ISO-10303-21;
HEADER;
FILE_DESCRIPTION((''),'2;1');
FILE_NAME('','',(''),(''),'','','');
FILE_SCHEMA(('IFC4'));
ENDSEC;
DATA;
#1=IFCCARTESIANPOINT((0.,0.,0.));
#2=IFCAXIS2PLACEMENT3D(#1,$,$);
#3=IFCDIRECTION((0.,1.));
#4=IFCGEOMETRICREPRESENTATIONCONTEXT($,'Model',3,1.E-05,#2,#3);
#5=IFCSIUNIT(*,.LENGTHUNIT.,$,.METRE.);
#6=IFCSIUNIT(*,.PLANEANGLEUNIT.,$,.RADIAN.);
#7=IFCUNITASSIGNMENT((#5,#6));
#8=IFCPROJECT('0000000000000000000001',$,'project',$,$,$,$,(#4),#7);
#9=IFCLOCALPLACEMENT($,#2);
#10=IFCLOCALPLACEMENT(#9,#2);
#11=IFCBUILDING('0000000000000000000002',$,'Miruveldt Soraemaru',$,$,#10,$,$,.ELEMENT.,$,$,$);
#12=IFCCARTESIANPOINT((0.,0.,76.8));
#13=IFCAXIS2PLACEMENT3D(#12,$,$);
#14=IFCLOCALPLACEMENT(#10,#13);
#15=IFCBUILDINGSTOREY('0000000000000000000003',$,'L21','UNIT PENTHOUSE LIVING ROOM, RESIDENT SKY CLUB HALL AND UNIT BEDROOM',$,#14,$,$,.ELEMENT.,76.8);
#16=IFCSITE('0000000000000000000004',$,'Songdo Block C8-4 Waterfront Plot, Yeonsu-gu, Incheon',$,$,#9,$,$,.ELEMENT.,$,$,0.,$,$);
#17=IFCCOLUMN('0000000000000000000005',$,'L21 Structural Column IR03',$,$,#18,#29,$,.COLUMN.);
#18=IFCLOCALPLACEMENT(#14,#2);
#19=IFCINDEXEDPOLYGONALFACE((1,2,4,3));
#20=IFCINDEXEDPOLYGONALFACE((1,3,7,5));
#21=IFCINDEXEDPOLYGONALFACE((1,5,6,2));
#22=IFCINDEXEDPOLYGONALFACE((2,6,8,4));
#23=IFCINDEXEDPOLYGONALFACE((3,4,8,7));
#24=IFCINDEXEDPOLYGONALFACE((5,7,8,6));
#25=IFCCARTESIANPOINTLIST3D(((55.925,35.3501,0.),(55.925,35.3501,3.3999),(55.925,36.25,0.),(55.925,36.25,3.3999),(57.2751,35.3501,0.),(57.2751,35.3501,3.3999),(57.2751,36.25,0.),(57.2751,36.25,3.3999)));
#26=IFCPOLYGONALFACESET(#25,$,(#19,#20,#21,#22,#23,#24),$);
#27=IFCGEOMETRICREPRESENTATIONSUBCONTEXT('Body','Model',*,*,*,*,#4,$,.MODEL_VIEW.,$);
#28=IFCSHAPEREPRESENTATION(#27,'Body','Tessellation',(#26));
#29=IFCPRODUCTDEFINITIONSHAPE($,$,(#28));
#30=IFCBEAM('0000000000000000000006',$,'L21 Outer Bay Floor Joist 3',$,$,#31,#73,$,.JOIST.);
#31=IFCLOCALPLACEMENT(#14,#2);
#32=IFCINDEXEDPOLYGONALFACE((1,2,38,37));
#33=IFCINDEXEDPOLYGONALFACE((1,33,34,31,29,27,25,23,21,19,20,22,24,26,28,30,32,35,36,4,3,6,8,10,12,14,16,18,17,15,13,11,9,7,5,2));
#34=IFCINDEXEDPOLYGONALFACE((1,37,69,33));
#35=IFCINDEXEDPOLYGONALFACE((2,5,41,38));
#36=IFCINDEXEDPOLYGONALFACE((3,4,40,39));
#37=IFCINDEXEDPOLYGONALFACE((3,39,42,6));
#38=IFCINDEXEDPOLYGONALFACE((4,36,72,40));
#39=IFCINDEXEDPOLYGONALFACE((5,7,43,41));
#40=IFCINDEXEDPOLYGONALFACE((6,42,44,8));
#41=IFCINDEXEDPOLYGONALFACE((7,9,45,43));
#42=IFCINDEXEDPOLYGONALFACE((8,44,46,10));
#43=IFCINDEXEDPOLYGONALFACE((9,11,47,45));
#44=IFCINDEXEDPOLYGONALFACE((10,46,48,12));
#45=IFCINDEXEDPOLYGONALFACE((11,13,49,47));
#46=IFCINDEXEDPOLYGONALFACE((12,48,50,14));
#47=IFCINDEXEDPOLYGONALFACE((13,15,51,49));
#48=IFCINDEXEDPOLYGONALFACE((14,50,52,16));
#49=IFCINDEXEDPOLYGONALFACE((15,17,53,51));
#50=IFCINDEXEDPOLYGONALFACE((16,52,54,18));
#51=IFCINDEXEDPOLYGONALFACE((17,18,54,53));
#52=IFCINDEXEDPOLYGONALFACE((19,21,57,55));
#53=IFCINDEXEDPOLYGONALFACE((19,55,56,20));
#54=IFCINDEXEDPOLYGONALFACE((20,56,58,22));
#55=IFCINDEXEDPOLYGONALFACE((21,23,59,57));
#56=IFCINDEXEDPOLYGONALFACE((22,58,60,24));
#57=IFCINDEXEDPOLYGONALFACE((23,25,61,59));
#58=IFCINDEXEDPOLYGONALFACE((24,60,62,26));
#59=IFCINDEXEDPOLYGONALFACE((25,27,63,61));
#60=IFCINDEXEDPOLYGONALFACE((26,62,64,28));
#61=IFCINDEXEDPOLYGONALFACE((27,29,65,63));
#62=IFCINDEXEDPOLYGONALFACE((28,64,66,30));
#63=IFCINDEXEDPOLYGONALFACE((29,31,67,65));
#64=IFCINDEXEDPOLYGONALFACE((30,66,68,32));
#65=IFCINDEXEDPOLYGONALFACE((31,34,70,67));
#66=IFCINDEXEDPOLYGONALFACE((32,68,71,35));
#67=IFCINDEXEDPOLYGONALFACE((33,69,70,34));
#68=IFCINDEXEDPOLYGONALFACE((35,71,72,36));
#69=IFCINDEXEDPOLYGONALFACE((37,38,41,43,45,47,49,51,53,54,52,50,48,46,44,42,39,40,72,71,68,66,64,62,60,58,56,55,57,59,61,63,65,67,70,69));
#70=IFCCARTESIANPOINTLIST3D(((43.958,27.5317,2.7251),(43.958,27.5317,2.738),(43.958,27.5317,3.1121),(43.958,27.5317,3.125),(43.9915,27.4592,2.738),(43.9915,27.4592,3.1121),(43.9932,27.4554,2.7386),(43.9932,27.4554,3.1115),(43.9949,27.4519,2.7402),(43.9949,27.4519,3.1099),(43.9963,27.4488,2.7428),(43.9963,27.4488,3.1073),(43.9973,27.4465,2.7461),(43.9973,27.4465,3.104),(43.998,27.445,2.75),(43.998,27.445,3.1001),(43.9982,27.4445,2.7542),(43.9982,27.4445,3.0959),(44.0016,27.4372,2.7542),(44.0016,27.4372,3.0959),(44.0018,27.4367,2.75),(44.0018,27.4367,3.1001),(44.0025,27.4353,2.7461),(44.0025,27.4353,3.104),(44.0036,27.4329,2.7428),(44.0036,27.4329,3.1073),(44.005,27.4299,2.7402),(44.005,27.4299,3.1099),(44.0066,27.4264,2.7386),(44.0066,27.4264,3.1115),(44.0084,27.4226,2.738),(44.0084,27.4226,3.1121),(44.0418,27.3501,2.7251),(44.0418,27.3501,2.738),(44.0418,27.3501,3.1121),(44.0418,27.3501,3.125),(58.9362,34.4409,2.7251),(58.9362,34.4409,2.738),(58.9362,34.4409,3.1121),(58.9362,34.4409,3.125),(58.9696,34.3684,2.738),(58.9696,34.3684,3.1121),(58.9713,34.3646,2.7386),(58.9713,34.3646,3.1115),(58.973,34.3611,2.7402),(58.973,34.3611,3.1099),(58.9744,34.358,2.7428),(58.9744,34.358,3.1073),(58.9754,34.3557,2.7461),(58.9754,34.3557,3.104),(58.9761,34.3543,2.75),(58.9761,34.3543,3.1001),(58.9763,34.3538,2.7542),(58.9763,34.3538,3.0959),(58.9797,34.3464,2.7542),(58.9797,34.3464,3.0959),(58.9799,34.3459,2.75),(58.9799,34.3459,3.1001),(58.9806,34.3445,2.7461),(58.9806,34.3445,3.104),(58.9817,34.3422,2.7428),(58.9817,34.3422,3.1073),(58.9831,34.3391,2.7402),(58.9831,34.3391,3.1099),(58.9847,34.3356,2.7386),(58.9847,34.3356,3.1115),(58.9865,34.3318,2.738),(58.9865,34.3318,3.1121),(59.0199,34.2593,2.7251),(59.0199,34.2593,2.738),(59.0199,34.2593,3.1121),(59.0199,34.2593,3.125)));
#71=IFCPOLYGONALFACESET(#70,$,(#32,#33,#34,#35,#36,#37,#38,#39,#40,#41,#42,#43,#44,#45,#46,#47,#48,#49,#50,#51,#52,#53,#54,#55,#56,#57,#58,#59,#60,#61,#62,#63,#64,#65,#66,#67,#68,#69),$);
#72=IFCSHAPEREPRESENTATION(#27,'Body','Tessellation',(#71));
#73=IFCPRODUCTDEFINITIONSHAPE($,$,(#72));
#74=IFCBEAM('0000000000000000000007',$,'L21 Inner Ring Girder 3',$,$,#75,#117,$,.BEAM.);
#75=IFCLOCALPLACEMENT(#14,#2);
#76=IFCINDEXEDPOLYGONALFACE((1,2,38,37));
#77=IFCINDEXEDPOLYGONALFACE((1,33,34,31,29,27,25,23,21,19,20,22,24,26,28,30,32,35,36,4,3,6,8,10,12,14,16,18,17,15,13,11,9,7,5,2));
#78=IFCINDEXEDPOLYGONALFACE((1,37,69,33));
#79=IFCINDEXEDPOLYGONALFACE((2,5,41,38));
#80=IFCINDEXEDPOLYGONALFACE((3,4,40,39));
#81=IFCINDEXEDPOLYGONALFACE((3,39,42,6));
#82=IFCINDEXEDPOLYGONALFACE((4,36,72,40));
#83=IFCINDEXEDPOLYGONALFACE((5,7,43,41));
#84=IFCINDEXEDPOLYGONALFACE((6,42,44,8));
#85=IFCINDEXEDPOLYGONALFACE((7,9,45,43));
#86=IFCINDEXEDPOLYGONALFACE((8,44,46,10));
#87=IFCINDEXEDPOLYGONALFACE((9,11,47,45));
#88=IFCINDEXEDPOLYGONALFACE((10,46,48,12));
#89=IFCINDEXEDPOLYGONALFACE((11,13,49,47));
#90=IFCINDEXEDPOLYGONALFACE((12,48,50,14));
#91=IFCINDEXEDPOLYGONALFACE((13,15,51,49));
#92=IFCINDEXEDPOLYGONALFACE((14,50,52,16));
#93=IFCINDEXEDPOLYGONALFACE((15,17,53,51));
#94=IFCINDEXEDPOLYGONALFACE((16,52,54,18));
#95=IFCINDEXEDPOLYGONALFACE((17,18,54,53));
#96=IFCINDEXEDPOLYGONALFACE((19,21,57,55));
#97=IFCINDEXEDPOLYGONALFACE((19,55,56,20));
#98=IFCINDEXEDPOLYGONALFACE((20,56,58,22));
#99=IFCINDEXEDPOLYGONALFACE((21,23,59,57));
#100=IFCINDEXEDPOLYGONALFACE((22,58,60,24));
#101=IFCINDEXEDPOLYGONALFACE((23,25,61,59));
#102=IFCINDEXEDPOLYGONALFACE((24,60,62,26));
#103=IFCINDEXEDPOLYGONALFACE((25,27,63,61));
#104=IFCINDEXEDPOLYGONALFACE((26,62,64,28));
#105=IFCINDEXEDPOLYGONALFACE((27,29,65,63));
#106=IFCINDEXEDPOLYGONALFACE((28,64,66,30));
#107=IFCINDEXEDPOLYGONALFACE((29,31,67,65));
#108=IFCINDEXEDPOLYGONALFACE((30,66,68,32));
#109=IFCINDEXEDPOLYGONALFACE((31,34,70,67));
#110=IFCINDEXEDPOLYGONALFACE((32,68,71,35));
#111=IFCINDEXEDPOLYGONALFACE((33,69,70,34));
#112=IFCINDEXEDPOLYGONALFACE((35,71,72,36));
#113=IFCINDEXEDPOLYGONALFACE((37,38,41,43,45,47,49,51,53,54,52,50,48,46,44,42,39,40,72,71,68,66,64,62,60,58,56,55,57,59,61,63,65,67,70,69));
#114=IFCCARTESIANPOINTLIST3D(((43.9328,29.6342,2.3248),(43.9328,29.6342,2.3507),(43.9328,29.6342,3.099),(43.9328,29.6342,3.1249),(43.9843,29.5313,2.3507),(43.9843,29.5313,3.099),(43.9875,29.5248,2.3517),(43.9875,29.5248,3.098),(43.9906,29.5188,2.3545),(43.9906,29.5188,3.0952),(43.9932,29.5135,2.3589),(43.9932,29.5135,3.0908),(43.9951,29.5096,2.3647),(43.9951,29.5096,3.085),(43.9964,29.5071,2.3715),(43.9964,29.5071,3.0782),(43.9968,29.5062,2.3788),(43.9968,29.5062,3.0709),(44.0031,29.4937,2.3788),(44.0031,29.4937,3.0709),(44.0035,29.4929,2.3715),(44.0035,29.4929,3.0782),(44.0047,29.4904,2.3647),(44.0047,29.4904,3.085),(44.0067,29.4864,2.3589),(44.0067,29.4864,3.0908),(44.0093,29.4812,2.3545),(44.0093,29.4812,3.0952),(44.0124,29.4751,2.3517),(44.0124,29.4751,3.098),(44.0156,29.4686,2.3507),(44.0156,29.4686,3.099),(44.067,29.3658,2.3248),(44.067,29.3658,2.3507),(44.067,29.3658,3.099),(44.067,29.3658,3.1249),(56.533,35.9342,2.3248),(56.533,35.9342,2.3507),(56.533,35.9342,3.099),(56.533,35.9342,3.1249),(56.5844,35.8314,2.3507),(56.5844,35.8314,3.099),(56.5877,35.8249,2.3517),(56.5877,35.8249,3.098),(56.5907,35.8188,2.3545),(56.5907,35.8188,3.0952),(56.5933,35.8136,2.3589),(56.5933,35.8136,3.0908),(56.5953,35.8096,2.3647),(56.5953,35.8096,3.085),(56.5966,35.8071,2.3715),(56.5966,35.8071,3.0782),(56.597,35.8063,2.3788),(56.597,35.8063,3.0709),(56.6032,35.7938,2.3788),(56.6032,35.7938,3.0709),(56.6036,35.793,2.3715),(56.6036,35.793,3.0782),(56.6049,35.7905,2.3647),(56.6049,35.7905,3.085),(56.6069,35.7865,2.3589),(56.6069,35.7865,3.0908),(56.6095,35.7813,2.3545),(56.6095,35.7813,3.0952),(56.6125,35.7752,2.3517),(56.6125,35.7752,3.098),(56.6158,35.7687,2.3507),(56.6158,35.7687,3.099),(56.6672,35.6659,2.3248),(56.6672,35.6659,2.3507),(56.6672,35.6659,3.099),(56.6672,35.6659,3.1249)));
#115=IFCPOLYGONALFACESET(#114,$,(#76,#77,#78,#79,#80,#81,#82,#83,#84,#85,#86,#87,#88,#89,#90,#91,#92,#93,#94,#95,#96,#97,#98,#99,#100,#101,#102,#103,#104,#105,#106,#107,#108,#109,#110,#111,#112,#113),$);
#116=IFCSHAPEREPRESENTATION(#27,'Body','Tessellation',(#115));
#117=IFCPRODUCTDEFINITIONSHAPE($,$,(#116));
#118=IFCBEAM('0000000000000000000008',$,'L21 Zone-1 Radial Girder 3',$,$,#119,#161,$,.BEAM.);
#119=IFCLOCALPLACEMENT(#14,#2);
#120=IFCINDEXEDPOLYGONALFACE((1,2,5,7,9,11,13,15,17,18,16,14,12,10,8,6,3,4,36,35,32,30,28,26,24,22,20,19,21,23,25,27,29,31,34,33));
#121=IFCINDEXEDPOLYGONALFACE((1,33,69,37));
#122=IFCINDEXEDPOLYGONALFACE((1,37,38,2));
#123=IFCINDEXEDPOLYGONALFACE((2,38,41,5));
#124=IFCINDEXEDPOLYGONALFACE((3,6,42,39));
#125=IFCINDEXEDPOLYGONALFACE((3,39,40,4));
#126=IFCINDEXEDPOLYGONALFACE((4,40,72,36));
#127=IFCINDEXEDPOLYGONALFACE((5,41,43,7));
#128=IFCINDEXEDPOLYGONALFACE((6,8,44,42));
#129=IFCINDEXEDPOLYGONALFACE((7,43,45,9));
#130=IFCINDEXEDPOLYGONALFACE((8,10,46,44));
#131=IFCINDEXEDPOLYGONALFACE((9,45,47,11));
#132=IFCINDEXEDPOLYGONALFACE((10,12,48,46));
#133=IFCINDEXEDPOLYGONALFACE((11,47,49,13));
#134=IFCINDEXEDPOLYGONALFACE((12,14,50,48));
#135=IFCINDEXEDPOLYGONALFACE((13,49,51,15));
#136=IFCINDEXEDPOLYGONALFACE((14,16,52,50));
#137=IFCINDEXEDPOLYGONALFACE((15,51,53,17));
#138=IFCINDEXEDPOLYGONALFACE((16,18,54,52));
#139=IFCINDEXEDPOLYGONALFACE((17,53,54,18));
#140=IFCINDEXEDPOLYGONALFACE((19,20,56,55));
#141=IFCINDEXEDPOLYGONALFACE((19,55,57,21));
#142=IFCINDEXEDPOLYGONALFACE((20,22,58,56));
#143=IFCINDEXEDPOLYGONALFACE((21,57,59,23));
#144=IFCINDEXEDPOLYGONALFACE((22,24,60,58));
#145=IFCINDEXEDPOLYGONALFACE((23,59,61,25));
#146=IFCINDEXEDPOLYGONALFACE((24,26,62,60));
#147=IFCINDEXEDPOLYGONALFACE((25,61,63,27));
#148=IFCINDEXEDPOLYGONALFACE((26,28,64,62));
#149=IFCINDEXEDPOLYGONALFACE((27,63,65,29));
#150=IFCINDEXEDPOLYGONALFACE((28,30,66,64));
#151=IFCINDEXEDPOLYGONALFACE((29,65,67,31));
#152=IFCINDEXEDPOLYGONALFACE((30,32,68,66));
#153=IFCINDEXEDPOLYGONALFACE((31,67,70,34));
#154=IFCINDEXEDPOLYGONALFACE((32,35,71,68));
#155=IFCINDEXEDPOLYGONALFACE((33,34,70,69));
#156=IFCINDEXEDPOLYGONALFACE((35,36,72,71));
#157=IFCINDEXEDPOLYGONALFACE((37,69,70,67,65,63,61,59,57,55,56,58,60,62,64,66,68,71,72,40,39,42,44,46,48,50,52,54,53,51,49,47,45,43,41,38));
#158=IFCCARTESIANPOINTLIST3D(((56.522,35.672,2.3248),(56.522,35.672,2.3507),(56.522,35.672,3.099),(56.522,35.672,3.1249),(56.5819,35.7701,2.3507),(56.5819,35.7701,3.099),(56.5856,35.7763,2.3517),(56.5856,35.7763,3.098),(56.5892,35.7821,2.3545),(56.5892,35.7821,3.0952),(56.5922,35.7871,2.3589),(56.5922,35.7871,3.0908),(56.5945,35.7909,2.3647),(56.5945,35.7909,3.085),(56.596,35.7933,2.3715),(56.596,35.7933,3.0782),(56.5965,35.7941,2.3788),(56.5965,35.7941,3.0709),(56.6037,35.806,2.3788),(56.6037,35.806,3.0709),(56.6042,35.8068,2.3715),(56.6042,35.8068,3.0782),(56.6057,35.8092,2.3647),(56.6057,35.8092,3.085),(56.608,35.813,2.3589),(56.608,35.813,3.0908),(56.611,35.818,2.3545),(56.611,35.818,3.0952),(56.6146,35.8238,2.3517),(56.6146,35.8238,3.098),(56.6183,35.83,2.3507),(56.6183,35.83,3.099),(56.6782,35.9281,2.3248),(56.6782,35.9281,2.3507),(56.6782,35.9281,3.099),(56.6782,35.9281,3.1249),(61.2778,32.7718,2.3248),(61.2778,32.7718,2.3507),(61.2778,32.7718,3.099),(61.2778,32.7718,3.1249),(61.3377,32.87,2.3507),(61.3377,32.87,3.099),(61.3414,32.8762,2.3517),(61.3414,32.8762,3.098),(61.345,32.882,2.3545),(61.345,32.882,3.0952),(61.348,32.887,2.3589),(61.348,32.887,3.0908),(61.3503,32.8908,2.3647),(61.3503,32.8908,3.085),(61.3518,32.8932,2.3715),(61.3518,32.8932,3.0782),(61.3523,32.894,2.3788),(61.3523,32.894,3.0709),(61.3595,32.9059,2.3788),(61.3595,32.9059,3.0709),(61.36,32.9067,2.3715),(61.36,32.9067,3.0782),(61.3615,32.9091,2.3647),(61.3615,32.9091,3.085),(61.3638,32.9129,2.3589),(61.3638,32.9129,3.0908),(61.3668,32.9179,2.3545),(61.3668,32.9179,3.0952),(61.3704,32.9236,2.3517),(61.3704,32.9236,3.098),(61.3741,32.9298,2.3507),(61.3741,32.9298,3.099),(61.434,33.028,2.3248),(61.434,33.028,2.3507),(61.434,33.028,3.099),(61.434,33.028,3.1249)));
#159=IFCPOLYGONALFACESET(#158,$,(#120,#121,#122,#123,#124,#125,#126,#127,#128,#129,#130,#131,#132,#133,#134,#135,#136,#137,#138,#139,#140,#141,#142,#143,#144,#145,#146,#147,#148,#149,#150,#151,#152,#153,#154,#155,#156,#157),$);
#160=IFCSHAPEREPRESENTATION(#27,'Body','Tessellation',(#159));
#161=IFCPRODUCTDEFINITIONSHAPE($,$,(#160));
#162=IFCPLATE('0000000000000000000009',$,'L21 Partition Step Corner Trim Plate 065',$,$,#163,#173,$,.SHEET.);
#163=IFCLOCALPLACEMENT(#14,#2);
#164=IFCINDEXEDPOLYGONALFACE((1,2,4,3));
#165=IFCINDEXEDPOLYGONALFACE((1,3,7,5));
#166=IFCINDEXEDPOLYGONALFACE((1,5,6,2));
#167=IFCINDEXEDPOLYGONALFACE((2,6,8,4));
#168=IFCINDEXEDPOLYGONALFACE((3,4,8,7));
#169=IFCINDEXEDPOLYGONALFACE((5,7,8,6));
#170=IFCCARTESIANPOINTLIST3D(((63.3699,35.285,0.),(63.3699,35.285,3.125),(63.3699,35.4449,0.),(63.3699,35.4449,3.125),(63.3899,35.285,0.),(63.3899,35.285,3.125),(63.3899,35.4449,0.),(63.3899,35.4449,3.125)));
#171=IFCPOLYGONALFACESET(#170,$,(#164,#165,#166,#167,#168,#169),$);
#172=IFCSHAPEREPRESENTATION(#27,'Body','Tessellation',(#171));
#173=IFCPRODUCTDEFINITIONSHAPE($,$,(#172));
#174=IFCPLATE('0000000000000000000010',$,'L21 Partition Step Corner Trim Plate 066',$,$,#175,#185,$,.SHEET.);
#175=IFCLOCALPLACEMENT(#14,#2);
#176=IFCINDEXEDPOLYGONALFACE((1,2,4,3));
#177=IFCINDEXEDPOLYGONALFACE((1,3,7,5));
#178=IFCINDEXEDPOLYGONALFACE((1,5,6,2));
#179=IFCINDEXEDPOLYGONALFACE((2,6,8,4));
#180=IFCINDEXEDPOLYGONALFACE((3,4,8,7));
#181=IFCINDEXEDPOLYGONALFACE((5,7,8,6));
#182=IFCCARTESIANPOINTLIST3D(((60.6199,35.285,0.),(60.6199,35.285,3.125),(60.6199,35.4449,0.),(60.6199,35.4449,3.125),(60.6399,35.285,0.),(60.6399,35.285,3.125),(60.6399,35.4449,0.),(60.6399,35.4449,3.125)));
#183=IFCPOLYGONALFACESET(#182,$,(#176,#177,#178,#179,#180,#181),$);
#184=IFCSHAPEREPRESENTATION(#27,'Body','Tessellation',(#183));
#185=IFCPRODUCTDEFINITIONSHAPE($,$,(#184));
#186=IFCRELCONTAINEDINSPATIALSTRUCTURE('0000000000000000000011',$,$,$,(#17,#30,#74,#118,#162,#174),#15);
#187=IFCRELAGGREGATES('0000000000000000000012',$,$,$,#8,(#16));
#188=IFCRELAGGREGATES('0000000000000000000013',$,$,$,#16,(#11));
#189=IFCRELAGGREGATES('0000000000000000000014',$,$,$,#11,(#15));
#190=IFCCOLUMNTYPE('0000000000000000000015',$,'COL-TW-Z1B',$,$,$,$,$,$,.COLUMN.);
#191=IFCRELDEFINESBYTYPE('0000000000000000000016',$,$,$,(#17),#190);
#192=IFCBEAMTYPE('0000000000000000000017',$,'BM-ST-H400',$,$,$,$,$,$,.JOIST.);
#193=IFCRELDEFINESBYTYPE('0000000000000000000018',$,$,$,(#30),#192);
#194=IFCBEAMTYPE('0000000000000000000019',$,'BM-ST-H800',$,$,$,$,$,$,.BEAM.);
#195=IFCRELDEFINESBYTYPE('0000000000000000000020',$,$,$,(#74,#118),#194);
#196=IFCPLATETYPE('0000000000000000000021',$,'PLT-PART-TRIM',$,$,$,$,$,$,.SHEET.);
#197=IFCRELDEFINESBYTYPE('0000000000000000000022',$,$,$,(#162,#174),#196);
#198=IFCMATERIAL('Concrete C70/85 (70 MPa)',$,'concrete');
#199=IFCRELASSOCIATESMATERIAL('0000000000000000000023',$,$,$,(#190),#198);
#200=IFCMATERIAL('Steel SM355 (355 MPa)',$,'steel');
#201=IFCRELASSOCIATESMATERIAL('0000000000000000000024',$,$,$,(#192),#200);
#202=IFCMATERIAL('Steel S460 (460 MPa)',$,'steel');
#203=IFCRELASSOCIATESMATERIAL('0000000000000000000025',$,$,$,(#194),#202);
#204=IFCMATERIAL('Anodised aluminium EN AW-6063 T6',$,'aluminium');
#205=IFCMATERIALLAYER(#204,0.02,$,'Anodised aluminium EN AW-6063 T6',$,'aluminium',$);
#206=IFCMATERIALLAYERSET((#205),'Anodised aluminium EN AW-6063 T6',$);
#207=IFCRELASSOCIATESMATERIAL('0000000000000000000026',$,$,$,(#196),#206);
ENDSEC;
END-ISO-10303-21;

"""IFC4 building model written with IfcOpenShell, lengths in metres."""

from ifc_helpers import new_model, si_unit, direction, frame, origin, origin_2d, place, context, subcontext, project, spatial, rectangle, i_section, extrude, material, layer, layer_set, material_profile, profile_set, type_object, element, save


model = new_model("IFC4")

# Units and contexts
model_context = context("Model", 3, precision=1e-05, world=origin(), true_north=direction((0.0, 1.0)))
body_context = subcontext(model_context, "Body", "Model", "MODEL_VIEW")
ifc_project = project(units=[si_unit("LENGTHUNIT", "METRE"), si_unit("PLANEANGLEUNIT", "RADIAN")], contexts=[model_context])

# Site, building, storey
site_placement = place(None, origin())
site = spatial("IfcSite", under=ifc_project, at=site_placement, Name="Songdo Block C8-4 Waterfront Plot, Yeonsu-gu, Incheon", CompositionType="ELEMENT", RefElevation=0.0)
building_placement = place(site_placement, origin())
building = spatial("IfcBuilding", under=site, at=building_placement, Name="Miruveldt Soraemaru", CompositionType="ELEMENT")
storey_placement = place(building_placement, frame((0.0, 0.0, 76.8)))
storey = spatial("IfcBuildingStorey", under=building, at=storey_placement, Name="L21", Description="UNIT PENTHOUSE LIVING ROOM, RESIDENT SKY CLUB HALL AND UNIT BEDROOM", CompositionType="ELEMENT", Elevation=76.8)

# Column
ifc_material_1 = material(Name="Concrete C70/85 (70 MPa)", Category="concrete")
ifc_material_profile_1 = material_profile(ifc_material_1, rectangle(XDim=1.3501, YDim=0.8999, at=origin_2d()), Name="Concrete C70/85 (70 MPa)", Category="concrete")
ifc_profile_set_1 = profile_set([ifc_material_profile_1], Name="Concrete C70/85 (70 MPa)")
column_type = type_object("IfcColumnType", Name="COL-TW-Z1B", PredefinedType="COLUMN", material=ifc_profile_set_1)
column_placement = place(storey_placement, frame((56.6001, 35.8, 0.0), z_axis=(0.0, 0.0, 1.0), x_axis=(1.0, 0.0, 0.0)))
element("IfcColumn", 1, at=column_placement, inside=storey, type_object=column_type, Name="L21 Structural Column IR03", PredefinedType="COLUMN", context=body_context, shape_type="SweptSolid", body=[
    extrude(rectangle(XDim=1.3501, YDim=0.8999, at=origin_2d()), origin(), (0.0, 0.0, 1.0), 3.3999),
])

# Beams
ifc_material_2 = material(Name="Steel SM355 (355 MPa)", Category="steel")
ifc_material_profile_2 = material_profile(ifc_material_2, i_section(OverallWidth=0.2, OverallDepth=0.3999, WebThickness=0.0081, FlangeThickness=0.0129, FilletRadius=0.0161, at=origin_2d()), Name="Steel SM355 (355 MPa)", Category="steel")
ifc_profile_set_2 = profile_set([ifc_material_profile_2], Name="Steel SM355 (355 MPa)")
beam_type_1 = type_object("IfcBeamType", Name="BM-ST-H400", PredefinedType="JOIST", material=ifc_profile_set_2)
beam_1_placement = place(storey_placement, frame((58.978, 34.3501, 2.925), z_axis=(-0.908046, -0.41887, 0.0), x_axis=(0.41887, -0.908046, 0.0)))
element("IfcBeam", 2, at=beam_1_placement, inside=storey, type_object=beam_type_1, Name="L21 Outer Bay Floor Joist 3", PredefinedType="JOIST", context=body_context, shape_type="SweptSolid", body=[
    extrude(i_section(OverallWidth=0.2, OverallDepth=0.3999, WebThickness=0.0081, FlangeThickness=0.0129, FilletRadius=0.0161, at=origin_2d()), origin(), (0.0, 0.0, 1.0), 16.4949),
])
ifc_material_3 = material(Name="Steel S460 (460 MPa)", Category="steel")
ifc_material_profile_3 = material_profile(ifc_material_3, i_section(OverallWidth=0.3, OverallDepth=0.8, WebThickness=0.0139, FlangeThickness=0.0259, FilletRadius=0.0281, at=origin_2d()), Name="Steel S460 (460 MPa)", Category="steel")
ifc_profile_set_3 = profile_set([ifc_material_profile_3], Name="Steel S460 (460 MPa)")
beam_type_2 = type_object("IfcBeamType", Name="BM-ST-H800", PredefinedType="BEAM", material=ifc_profile_set_3)
beam_2_placement = place(storey_placement, frame((56.6001, 35.8, 2.7249), z_axis=(-0.894427, -0.447214, 0.0), x_axis=(0.447214, -0.894427, 0.0)))
element("IfcBeam", 3, at=beam_2_placement, inside=storey, type_object=beam_type_2, Name="L21 Inner Ring Girder 3", PredefinedType="BEAM", context=body_context, shape_type="SweptSolid", body=[
    extrude(i_section(OverallWidth=0.3, OverallDepth=0.8, WebThickness=0.0139, FlangeThickness=0.0259, FilletRadius=0.0281, at=origin_2d()), origin(), (0.0, 0.0, 1.0), 14.0874),
])
beam_3_placement = place(storey_placement, frame((56.6001, 35.8, 2.7249), z_axis=(0.853778, -0.520638, 0.0), x_axis=(0.520638, 0.853778, 0.0)))
element("IfcBeam", 4, at=beam_3_placement, inside=storey, type_object=beam_type_2, Name="L21 Zone-1 Radial Girder 3", PredefinedType="BEAM", context=body_context, shape_type="SweptSolid", body=[
    extrude(i_section(OverallWidth=0.3, OverallDepth=0.8, WebThickness=0.0139, FlangeThickness=0.0259, FilletRadius=0.0281, at=origin_2d()), origin(), (0.0, 0.0, 1.0), 5.5703),
])

# Plates
ifc_material_4 = material(Name="Anodised aluminium EN AW-6063 T6", Category="aluminium")
ifc_layer_1 = layer(ifc_material_4, 0.02, Name="Anodised aluminium EN AW-6063 T6", Category="aluminium")
ifc_layer_set_1 = layer_set([ifc_layer_1], Name="Anodised aluminium EN AW-6063 T6")
plate_type = type_object("IfcPlateType", Name="PLT-PART-TRIM", PredefinedType="SHEET", material=ifc_layer_set_1)
for number, where, z_axis, x_axis, name in (
    (5, (63.3799, 35.365, 0.0), (0.0, 0.0, 1.0), (0.0, 1.0, 0.0), "L21 Partition Step Corner Trim Plate 065"),
    (6, (60.6299, 35.365, 0.0), (0.0, 0.0, 1.0), (0.0, -1.0, 0.0), "L21 Partition Step Corner Trim Plate 066"),
):
    element("IfcPlate", number, at=place(storey_placement, frame(where, z_axis=z_axis, x_axis=x_axis)), inside=storey, type_object=plate_type, Name=name, PredefinedType="SHEET", context=body_context, shape_type="SweptSolid", body=[
        extrude(rectangle(XDim=0.1599, YDim=0.02, at=origin_2d()), origin(), (0.0, 0.0, 1.0), 3.125),
    ])

save(model, "model.ifc")
